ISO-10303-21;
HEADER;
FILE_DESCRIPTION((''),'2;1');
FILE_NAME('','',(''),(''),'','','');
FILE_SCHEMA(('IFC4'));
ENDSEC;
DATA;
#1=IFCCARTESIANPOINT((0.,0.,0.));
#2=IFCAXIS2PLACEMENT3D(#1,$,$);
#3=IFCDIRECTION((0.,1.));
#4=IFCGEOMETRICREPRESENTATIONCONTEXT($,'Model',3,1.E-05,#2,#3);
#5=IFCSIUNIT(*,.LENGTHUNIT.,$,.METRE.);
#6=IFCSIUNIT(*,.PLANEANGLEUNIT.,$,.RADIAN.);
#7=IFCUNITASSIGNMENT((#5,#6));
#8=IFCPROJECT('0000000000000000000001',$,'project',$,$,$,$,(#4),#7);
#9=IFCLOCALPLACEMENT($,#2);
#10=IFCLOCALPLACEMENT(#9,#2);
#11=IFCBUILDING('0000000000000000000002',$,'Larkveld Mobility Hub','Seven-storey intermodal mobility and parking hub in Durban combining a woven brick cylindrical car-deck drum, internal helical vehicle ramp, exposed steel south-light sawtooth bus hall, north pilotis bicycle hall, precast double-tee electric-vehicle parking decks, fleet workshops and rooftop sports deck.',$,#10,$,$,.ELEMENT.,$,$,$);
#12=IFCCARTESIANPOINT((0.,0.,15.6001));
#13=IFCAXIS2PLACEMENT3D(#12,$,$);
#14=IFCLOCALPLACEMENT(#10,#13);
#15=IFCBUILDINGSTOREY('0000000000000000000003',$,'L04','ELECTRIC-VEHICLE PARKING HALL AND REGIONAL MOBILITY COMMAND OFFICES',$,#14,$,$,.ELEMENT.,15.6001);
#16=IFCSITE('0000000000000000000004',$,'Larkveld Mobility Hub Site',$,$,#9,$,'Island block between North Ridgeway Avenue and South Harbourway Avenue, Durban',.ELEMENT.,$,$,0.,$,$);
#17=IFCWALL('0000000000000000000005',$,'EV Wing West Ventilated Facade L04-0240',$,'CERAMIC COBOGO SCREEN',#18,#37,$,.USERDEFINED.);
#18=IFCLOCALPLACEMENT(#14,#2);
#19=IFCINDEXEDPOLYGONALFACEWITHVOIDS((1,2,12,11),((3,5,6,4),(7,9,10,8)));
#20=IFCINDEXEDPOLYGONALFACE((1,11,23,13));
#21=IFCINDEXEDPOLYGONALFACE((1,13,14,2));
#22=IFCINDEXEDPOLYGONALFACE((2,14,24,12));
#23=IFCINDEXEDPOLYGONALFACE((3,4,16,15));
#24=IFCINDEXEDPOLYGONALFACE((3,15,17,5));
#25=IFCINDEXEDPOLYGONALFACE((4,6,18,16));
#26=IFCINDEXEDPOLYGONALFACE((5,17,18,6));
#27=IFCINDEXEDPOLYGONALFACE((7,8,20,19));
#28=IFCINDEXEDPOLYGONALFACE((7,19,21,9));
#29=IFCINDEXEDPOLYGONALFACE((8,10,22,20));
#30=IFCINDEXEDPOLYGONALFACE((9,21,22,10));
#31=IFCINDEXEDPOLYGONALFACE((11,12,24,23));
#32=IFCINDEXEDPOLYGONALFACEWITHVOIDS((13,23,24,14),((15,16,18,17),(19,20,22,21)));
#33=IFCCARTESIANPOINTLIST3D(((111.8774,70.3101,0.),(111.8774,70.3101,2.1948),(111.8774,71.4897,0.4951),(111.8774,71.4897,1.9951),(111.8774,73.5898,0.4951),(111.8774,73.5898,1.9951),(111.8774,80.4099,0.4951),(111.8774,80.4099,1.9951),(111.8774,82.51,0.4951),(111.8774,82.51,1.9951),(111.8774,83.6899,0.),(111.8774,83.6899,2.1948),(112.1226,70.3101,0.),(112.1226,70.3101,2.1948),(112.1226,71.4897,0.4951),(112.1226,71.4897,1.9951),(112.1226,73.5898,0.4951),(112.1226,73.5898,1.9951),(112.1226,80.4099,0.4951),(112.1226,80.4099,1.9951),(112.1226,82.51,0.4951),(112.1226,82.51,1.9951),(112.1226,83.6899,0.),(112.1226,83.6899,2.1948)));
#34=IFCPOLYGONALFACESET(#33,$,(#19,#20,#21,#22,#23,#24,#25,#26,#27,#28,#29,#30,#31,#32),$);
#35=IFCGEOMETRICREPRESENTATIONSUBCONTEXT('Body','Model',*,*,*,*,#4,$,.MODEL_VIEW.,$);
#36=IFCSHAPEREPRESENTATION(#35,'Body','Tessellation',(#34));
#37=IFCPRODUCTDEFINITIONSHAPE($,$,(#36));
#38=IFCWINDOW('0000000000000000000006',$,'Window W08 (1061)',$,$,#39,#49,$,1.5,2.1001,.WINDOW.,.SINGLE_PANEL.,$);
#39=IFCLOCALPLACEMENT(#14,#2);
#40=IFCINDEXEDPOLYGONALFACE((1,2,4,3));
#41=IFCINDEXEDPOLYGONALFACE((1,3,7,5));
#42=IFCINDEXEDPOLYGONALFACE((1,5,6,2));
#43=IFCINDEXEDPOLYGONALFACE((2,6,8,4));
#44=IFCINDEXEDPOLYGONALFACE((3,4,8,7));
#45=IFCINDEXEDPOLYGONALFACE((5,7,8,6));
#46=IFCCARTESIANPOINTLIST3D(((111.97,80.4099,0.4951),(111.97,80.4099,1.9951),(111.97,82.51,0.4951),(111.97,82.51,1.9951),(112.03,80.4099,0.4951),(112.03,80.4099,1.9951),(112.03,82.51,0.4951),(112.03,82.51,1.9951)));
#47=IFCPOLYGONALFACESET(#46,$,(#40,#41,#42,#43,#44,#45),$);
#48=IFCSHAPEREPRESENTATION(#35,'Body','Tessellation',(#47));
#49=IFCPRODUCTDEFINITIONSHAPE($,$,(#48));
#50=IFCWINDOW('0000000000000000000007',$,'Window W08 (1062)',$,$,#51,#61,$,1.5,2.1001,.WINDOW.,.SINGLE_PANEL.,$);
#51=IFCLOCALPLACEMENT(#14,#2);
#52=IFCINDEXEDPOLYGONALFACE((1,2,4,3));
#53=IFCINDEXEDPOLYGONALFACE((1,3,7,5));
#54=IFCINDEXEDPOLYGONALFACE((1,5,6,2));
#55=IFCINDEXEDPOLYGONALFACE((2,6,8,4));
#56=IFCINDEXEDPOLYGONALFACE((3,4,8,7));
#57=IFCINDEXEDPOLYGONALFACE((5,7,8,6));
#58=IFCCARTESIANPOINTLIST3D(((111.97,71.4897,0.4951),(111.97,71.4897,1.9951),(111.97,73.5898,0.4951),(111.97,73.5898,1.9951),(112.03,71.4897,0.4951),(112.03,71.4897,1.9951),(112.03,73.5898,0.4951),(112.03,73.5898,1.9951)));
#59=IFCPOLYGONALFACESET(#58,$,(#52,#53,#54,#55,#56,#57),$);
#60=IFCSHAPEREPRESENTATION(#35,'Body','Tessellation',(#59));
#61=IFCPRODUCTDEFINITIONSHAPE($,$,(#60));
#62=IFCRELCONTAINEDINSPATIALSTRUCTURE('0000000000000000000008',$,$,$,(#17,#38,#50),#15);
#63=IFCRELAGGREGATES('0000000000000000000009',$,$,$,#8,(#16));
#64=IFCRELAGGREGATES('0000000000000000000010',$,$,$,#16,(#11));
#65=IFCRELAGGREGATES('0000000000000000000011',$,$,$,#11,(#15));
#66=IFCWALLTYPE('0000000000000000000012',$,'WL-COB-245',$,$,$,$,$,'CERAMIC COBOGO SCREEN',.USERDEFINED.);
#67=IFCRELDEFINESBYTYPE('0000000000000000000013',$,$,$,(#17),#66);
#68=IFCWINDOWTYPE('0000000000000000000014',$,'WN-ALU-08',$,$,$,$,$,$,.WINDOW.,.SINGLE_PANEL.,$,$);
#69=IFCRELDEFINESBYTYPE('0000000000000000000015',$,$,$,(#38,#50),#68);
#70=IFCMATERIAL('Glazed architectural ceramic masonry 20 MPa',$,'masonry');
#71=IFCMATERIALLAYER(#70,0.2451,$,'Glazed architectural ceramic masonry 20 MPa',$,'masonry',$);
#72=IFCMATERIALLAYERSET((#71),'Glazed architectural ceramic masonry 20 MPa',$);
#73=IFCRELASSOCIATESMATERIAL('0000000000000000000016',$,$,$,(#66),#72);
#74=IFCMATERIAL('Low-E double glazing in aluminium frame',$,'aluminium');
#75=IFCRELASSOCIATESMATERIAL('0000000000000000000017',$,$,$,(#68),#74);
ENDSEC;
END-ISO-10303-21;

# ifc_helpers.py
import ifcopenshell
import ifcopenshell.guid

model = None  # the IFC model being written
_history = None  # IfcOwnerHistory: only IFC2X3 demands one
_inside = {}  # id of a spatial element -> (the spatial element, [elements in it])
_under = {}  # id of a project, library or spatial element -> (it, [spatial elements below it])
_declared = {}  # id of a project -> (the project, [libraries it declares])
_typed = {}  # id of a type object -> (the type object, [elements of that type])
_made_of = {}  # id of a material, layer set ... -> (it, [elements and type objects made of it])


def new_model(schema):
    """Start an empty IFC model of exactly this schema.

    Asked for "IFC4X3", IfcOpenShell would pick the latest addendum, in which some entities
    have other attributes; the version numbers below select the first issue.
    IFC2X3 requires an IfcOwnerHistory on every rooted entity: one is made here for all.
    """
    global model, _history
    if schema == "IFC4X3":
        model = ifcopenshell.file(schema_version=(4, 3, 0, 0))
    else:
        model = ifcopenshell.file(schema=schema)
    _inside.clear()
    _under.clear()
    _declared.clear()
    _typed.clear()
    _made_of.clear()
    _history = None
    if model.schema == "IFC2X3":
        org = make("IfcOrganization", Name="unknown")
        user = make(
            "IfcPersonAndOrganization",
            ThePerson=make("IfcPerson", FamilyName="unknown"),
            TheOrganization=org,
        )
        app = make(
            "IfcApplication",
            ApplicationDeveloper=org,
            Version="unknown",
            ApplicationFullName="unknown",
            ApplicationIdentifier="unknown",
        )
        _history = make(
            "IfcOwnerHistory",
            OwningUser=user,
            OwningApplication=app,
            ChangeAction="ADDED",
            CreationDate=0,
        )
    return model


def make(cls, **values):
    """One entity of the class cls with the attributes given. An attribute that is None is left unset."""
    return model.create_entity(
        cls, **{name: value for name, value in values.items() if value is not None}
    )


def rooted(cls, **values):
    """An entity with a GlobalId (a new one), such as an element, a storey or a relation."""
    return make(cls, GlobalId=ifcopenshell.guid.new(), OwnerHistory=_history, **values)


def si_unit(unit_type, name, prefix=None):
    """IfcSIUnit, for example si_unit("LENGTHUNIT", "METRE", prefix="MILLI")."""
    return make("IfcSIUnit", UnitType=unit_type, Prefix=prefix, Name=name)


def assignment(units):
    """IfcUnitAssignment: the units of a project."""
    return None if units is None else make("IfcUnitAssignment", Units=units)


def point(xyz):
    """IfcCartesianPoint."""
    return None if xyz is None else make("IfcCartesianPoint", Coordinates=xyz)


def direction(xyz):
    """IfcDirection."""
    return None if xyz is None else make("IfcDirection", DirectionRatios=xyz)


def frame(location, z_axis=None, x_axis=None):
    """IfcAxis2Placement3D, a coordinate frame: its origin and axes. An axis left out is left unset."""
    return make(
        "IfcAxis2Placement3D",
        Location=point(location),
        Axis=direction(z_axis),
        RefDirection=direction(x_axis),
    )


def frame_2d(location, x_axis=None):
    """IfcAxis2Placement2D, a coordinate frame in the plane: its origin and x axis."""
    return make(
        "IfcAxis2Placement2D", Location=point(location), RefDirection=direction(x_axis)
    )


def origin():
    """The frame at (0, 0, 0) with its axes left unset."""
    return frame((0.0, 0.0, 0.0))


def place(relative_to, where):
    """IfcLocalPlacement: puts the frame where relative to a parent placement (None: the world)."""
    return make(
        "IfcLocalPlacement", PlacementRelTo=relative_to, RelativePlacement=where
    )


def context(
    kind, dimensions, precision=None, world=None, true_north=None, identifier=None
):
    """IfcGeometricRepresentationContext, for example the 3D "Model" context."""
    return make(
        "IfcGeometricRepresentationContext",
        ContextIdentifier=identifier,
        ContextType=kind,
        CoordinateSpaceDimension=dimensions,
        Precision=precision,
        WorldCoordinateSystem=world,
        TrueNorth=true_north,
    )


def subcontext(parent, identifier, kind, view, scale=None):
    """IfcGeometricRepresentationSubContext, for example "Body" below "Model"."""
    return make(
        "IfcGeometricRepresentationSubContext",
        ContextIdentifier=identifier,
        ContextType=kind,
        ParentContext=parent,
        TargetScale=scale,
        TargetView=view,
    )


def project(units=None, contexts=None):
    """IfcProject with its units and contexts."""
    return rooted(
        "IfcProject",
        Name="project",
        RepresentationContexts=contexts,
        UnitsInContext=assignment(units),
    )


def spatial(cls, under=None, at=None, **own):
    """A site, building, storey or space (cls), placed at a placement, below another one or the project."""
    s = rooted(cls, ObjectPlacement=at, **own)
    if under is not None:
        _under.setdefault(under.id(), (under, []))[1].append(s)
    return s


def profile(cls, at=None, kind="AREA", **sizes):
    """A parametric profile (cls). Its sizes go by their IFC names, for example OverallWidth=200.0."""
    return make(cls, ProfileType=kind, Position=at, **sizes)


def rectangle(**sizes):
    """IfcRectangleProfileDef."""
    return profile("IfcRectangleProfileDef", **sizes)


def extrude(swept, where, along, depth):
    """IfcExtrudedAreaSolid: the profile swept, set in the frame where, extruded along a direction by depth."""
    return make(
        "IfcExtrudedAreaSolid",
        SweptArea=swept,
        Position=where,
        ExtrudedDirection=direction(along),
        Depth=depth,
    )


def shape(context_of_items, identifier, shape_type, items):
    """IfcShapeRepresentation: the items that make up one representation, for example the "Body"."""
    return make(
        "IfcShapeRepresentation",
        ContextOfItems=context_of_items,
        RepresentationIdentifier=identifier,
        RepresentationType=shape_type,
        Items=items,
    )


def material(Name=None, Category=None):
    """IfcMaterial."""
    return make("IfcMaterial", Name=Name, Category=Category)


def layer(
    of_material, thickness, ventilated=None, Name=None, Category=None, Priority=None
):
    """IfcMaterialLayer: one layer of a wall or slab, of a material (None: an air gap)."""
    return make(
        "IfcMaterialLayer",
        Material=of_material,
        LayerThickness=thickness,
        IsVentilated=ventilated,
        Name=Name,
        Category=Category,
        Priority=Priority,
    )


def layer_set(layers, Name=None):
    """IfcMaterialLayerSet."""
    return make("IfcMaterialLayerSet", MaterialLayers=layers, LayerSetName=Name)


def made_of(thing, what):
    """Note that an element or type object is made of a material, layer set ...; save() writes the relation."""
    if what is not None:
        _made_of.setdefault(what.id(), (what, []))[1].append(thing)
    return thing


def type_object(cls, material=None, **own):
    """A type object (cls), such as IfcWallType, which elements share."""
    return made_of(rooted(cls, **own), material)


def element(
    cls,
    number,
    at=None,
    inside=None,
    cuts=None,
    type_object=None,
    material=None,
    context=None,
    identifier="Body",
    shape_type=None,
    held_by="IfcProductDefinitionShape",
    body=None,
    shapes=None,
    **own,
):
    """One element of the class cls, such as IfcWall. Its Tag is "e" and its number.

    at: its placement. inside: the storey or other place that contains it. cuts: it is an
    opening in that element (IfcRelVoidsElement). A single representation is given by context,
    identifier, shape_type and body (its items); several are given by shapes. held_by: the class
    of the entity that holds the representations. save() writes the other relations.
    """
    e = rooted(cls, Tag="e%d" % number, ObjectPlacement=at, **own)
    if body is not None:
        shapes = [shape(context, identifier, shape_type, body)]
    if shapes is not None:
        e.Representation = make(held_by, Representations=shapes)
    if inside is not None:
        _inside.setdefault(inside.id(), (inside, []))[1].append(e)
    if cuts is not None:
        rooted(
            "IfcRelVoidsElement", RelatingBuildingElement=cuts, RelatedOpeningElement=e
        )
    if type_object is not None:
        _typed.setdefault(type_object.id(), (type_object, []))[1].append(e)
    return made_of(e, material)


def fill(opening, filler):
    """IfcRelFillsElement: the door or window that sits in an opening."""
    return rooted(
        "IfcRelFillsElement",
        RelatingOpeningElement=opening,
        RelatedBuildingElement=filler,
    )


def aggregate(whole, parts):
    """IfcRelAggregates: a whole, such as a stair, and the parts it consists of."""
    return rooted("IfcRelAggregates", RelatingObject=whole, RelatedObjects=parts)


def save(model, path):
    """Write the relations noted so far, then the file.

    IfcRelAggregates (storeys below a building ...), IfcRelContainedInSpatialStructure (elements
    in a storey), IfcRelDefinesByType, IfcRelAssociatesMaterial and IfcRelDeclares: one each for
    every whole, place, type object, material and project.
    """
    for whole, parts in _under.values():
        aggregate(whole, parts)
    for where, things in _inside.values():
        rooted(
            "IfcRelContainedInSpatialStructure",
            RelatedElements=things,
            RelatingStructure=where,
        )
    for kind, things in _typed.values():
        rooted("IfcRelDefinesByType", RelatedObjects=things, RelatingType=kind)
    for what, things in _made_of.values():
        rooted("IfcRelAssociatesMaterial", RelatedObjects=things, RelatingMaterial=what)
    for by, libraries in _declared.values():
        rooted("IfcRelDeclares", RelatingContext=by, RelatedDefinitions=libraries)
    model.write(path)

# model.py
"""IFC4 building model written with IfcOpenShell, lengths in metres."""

from ifc_helpers import new_model, si_unit, direction, frame, frame_2d, origin, place, context, subcontext, project, spatial, rectangle, extrude, material, layer, layer_set, type_object, element, fill, save


model = new_model("IFC4")

# Units and contexts
model_context = context("Model", 3, precision=1e-05, world=origin(), true_north=direction((0.0, 1.0)))
body_context = subcontext(model_context, "Body", "Model", "MODEL_VIEW")
ifc_project = project(units=[si_unit("LENGTHUNIT", "METRE"), si_unit("PLANEANGLEUNIT", "RADIAN")], contexts=[model_context])

# Site, building, storey
site_placement = place(None, origin())
site = spatial("IfcSite", under=ifc_project, at=site_placement, Name="Larkveld Mobility Hub Site", LongName="Island block between North Ridgeway Avenue and South Harbourway Avenue, Durban", CompositionType="ELEMENT", RefElevation=0.0)
building_placement = place(site_placement, origin())
building = spatial("IfcBuilding", under=site, at=building_placement, Name="Larkveld Mobility Hub", Description="Seven-storey intermodal mobility and parking hub in Durban combining a woven brick cylindrical car-deck drum, internal helical vehicle ramp, exposed steel south-light sawtooth bus hall, north pilotis bicycle hall, precast double-tee electric-vehicle parking decks, fleet workshops and rooftop sports deck.", CompositionType="ELEMENT")
storey_placement = place(building_placement, frame((0.0, 0.0, 15.6001)))
storey = spatial("IfcBuildingStorey", under=building, at=storey_placement, Name="L04", Description="ELECTRIC-VEHICLE PARKING HALL AND REGIONAL MOBILITY COMMAND OFFICES", CompositionType="ELEMENT", Elevation=15.6001)

# Shared definitions
ifc_material_1 = material(Name="Glazed architectural ceramic masonry 20 MPa", Category="masonry")
ifc_material_2 = material(Name="Low-E double glazing in aluminium frame", Category="aluminium")

# Shared definitions
ifc_layer_1 = layer(ifc_material_1, 0.2451, Name="Glazed architectural ceramic masonry 20 MPa", Category="masonry")
ifc_layer_set_1 = layer_set([ifc_layer_1], Name="Glazed architectural ceramic masonry 20 MPa")
wall_type_1 = type_object("IfcWallType", Name="WL-COB-245", ElementType="CERAMIC COBOGO SCREEN", PredefinedType="USERDEFINED", material=ifc_layer_set_1)

# Wall, openings, windows
wall_1_placement = place(storey_placement, frame((112.0, 83.6899, 0.0), z_axis=(0.0, 0.0, 1.0), x_axis=(0.0, -1.0, 0.0)))
wall_1 = element("IfcWall", 1, at=wall_1_placement, inside=storey, type_object=wall_type_1, Name="EV Wing West Ventilated Facade L04-0240", ObjectType="CERAMIC COBOGO SCREEN", PredefinedType="USERDEFINED", context=body_context, shape_type="SweptSolid", body=[
    extrude(rectangle(XDim=13.3799, YDim=0.2451, at=frame_2d((6.6899, 0.0))), origin(), (0.0, 0.0, 1.0), 2.1948),
])
opening_1_placement = place(wall_1_placement, frame((1.1799, 0.0, 0.4951)))
opening_1 = element("IfcOpeningElement", 2, at=opening_1_placement, cuts=wall_1, PredefinedType="OPENING", context=body_context, shape_type="SweptSolid", body=[
    extrude(rectangle(XDim=2.1001, YDim=1.5, at=frame_2d((1.05, 0.75))), frame((0.0, 0.1326, 0.0), z_axis=(0.0, -1.0, 0.0), x_axis=(1.0, 0.0, 0.0)), (0.0, 0.0, 1.0), 0.2651),
])
opening_2_placement = place(wall_1_placement, frame((10.1001, 0.0, 0.4951)))
opening_2 = element("IfcOpeningElement", 3, at=opening_2_placement, cuts=wall_1, PredefinedType="OPENING", context=body_context, shape_type="SweptSolid", body=[
    extrude(rectangle(XDim=2.1001, YDim=1.5, at=frame_2d((1.05, 0.75))), frame((0.0, 0.1326, 0.0), z_axis=(0.0, -1.0, 0.0), x_axis=(1.0, 0.0, 0.0)), (0.0, 0.0, 1.0), 0.2651),
])
window_type_1 = type_object("IfcWindowType", Name="WN-ALU-08", PartitioningType="SINGLE_PANEL", PredefinedType="WINDOW", material=ifc_material_2)
window_1_placement = place(opening_1_placement, origin())
window_1 = element("IfcWindow", 4, at=window_1_placement, inside=storey, type_object=window_type_1, Name="Window W08 (1061)", OverallHeight=1.5, OverallWidth=2.1001, PartitioningType="SINGLE_PANEL", PredefinedType="WINDOW", context=body_context, shape_type="SweptSolid", body=[
    extrude(rectangle(XDim=2.1001, YDim=1.5, at=frame_2d((1.05, 0.75))), frame((0.0, 0.03, 0.0), z_axis=(0.0, -1.0, 0.0), x_axis=(1.0, 0.0, 0.0)), (0.0, 0.0, 1.0), 0.0601),
])
fill(opening_1, window_1)
window_2_placement = place(opening_2_placement, origin())
window_2 = element("IfcWindow", 5, at=window_2_placement, inside=storey, type_object=window_type_1, Name="Window W08 (1062)", OverallHeight=1.5, OverallWidth=2.1001, PartitioningType="SINGLE_PANEL", PredefinedType="WINDOW", context=body_context, shape_type="SweptSolid", body=[
    extrude(rectangle(XDim=2.1001, YDim=1.5, at=frame_2d((1.05, 0.75))), frame((0.0, 0.03, 0.0), z_axis=(0.0, -1.0, 0.0), x_axis=(1.0, 0.0, 0.0)), (0.0, 0.0, 1.0), 0.0601),
])
fill(opening_2, window_2)

save(model, "model.ifc")
